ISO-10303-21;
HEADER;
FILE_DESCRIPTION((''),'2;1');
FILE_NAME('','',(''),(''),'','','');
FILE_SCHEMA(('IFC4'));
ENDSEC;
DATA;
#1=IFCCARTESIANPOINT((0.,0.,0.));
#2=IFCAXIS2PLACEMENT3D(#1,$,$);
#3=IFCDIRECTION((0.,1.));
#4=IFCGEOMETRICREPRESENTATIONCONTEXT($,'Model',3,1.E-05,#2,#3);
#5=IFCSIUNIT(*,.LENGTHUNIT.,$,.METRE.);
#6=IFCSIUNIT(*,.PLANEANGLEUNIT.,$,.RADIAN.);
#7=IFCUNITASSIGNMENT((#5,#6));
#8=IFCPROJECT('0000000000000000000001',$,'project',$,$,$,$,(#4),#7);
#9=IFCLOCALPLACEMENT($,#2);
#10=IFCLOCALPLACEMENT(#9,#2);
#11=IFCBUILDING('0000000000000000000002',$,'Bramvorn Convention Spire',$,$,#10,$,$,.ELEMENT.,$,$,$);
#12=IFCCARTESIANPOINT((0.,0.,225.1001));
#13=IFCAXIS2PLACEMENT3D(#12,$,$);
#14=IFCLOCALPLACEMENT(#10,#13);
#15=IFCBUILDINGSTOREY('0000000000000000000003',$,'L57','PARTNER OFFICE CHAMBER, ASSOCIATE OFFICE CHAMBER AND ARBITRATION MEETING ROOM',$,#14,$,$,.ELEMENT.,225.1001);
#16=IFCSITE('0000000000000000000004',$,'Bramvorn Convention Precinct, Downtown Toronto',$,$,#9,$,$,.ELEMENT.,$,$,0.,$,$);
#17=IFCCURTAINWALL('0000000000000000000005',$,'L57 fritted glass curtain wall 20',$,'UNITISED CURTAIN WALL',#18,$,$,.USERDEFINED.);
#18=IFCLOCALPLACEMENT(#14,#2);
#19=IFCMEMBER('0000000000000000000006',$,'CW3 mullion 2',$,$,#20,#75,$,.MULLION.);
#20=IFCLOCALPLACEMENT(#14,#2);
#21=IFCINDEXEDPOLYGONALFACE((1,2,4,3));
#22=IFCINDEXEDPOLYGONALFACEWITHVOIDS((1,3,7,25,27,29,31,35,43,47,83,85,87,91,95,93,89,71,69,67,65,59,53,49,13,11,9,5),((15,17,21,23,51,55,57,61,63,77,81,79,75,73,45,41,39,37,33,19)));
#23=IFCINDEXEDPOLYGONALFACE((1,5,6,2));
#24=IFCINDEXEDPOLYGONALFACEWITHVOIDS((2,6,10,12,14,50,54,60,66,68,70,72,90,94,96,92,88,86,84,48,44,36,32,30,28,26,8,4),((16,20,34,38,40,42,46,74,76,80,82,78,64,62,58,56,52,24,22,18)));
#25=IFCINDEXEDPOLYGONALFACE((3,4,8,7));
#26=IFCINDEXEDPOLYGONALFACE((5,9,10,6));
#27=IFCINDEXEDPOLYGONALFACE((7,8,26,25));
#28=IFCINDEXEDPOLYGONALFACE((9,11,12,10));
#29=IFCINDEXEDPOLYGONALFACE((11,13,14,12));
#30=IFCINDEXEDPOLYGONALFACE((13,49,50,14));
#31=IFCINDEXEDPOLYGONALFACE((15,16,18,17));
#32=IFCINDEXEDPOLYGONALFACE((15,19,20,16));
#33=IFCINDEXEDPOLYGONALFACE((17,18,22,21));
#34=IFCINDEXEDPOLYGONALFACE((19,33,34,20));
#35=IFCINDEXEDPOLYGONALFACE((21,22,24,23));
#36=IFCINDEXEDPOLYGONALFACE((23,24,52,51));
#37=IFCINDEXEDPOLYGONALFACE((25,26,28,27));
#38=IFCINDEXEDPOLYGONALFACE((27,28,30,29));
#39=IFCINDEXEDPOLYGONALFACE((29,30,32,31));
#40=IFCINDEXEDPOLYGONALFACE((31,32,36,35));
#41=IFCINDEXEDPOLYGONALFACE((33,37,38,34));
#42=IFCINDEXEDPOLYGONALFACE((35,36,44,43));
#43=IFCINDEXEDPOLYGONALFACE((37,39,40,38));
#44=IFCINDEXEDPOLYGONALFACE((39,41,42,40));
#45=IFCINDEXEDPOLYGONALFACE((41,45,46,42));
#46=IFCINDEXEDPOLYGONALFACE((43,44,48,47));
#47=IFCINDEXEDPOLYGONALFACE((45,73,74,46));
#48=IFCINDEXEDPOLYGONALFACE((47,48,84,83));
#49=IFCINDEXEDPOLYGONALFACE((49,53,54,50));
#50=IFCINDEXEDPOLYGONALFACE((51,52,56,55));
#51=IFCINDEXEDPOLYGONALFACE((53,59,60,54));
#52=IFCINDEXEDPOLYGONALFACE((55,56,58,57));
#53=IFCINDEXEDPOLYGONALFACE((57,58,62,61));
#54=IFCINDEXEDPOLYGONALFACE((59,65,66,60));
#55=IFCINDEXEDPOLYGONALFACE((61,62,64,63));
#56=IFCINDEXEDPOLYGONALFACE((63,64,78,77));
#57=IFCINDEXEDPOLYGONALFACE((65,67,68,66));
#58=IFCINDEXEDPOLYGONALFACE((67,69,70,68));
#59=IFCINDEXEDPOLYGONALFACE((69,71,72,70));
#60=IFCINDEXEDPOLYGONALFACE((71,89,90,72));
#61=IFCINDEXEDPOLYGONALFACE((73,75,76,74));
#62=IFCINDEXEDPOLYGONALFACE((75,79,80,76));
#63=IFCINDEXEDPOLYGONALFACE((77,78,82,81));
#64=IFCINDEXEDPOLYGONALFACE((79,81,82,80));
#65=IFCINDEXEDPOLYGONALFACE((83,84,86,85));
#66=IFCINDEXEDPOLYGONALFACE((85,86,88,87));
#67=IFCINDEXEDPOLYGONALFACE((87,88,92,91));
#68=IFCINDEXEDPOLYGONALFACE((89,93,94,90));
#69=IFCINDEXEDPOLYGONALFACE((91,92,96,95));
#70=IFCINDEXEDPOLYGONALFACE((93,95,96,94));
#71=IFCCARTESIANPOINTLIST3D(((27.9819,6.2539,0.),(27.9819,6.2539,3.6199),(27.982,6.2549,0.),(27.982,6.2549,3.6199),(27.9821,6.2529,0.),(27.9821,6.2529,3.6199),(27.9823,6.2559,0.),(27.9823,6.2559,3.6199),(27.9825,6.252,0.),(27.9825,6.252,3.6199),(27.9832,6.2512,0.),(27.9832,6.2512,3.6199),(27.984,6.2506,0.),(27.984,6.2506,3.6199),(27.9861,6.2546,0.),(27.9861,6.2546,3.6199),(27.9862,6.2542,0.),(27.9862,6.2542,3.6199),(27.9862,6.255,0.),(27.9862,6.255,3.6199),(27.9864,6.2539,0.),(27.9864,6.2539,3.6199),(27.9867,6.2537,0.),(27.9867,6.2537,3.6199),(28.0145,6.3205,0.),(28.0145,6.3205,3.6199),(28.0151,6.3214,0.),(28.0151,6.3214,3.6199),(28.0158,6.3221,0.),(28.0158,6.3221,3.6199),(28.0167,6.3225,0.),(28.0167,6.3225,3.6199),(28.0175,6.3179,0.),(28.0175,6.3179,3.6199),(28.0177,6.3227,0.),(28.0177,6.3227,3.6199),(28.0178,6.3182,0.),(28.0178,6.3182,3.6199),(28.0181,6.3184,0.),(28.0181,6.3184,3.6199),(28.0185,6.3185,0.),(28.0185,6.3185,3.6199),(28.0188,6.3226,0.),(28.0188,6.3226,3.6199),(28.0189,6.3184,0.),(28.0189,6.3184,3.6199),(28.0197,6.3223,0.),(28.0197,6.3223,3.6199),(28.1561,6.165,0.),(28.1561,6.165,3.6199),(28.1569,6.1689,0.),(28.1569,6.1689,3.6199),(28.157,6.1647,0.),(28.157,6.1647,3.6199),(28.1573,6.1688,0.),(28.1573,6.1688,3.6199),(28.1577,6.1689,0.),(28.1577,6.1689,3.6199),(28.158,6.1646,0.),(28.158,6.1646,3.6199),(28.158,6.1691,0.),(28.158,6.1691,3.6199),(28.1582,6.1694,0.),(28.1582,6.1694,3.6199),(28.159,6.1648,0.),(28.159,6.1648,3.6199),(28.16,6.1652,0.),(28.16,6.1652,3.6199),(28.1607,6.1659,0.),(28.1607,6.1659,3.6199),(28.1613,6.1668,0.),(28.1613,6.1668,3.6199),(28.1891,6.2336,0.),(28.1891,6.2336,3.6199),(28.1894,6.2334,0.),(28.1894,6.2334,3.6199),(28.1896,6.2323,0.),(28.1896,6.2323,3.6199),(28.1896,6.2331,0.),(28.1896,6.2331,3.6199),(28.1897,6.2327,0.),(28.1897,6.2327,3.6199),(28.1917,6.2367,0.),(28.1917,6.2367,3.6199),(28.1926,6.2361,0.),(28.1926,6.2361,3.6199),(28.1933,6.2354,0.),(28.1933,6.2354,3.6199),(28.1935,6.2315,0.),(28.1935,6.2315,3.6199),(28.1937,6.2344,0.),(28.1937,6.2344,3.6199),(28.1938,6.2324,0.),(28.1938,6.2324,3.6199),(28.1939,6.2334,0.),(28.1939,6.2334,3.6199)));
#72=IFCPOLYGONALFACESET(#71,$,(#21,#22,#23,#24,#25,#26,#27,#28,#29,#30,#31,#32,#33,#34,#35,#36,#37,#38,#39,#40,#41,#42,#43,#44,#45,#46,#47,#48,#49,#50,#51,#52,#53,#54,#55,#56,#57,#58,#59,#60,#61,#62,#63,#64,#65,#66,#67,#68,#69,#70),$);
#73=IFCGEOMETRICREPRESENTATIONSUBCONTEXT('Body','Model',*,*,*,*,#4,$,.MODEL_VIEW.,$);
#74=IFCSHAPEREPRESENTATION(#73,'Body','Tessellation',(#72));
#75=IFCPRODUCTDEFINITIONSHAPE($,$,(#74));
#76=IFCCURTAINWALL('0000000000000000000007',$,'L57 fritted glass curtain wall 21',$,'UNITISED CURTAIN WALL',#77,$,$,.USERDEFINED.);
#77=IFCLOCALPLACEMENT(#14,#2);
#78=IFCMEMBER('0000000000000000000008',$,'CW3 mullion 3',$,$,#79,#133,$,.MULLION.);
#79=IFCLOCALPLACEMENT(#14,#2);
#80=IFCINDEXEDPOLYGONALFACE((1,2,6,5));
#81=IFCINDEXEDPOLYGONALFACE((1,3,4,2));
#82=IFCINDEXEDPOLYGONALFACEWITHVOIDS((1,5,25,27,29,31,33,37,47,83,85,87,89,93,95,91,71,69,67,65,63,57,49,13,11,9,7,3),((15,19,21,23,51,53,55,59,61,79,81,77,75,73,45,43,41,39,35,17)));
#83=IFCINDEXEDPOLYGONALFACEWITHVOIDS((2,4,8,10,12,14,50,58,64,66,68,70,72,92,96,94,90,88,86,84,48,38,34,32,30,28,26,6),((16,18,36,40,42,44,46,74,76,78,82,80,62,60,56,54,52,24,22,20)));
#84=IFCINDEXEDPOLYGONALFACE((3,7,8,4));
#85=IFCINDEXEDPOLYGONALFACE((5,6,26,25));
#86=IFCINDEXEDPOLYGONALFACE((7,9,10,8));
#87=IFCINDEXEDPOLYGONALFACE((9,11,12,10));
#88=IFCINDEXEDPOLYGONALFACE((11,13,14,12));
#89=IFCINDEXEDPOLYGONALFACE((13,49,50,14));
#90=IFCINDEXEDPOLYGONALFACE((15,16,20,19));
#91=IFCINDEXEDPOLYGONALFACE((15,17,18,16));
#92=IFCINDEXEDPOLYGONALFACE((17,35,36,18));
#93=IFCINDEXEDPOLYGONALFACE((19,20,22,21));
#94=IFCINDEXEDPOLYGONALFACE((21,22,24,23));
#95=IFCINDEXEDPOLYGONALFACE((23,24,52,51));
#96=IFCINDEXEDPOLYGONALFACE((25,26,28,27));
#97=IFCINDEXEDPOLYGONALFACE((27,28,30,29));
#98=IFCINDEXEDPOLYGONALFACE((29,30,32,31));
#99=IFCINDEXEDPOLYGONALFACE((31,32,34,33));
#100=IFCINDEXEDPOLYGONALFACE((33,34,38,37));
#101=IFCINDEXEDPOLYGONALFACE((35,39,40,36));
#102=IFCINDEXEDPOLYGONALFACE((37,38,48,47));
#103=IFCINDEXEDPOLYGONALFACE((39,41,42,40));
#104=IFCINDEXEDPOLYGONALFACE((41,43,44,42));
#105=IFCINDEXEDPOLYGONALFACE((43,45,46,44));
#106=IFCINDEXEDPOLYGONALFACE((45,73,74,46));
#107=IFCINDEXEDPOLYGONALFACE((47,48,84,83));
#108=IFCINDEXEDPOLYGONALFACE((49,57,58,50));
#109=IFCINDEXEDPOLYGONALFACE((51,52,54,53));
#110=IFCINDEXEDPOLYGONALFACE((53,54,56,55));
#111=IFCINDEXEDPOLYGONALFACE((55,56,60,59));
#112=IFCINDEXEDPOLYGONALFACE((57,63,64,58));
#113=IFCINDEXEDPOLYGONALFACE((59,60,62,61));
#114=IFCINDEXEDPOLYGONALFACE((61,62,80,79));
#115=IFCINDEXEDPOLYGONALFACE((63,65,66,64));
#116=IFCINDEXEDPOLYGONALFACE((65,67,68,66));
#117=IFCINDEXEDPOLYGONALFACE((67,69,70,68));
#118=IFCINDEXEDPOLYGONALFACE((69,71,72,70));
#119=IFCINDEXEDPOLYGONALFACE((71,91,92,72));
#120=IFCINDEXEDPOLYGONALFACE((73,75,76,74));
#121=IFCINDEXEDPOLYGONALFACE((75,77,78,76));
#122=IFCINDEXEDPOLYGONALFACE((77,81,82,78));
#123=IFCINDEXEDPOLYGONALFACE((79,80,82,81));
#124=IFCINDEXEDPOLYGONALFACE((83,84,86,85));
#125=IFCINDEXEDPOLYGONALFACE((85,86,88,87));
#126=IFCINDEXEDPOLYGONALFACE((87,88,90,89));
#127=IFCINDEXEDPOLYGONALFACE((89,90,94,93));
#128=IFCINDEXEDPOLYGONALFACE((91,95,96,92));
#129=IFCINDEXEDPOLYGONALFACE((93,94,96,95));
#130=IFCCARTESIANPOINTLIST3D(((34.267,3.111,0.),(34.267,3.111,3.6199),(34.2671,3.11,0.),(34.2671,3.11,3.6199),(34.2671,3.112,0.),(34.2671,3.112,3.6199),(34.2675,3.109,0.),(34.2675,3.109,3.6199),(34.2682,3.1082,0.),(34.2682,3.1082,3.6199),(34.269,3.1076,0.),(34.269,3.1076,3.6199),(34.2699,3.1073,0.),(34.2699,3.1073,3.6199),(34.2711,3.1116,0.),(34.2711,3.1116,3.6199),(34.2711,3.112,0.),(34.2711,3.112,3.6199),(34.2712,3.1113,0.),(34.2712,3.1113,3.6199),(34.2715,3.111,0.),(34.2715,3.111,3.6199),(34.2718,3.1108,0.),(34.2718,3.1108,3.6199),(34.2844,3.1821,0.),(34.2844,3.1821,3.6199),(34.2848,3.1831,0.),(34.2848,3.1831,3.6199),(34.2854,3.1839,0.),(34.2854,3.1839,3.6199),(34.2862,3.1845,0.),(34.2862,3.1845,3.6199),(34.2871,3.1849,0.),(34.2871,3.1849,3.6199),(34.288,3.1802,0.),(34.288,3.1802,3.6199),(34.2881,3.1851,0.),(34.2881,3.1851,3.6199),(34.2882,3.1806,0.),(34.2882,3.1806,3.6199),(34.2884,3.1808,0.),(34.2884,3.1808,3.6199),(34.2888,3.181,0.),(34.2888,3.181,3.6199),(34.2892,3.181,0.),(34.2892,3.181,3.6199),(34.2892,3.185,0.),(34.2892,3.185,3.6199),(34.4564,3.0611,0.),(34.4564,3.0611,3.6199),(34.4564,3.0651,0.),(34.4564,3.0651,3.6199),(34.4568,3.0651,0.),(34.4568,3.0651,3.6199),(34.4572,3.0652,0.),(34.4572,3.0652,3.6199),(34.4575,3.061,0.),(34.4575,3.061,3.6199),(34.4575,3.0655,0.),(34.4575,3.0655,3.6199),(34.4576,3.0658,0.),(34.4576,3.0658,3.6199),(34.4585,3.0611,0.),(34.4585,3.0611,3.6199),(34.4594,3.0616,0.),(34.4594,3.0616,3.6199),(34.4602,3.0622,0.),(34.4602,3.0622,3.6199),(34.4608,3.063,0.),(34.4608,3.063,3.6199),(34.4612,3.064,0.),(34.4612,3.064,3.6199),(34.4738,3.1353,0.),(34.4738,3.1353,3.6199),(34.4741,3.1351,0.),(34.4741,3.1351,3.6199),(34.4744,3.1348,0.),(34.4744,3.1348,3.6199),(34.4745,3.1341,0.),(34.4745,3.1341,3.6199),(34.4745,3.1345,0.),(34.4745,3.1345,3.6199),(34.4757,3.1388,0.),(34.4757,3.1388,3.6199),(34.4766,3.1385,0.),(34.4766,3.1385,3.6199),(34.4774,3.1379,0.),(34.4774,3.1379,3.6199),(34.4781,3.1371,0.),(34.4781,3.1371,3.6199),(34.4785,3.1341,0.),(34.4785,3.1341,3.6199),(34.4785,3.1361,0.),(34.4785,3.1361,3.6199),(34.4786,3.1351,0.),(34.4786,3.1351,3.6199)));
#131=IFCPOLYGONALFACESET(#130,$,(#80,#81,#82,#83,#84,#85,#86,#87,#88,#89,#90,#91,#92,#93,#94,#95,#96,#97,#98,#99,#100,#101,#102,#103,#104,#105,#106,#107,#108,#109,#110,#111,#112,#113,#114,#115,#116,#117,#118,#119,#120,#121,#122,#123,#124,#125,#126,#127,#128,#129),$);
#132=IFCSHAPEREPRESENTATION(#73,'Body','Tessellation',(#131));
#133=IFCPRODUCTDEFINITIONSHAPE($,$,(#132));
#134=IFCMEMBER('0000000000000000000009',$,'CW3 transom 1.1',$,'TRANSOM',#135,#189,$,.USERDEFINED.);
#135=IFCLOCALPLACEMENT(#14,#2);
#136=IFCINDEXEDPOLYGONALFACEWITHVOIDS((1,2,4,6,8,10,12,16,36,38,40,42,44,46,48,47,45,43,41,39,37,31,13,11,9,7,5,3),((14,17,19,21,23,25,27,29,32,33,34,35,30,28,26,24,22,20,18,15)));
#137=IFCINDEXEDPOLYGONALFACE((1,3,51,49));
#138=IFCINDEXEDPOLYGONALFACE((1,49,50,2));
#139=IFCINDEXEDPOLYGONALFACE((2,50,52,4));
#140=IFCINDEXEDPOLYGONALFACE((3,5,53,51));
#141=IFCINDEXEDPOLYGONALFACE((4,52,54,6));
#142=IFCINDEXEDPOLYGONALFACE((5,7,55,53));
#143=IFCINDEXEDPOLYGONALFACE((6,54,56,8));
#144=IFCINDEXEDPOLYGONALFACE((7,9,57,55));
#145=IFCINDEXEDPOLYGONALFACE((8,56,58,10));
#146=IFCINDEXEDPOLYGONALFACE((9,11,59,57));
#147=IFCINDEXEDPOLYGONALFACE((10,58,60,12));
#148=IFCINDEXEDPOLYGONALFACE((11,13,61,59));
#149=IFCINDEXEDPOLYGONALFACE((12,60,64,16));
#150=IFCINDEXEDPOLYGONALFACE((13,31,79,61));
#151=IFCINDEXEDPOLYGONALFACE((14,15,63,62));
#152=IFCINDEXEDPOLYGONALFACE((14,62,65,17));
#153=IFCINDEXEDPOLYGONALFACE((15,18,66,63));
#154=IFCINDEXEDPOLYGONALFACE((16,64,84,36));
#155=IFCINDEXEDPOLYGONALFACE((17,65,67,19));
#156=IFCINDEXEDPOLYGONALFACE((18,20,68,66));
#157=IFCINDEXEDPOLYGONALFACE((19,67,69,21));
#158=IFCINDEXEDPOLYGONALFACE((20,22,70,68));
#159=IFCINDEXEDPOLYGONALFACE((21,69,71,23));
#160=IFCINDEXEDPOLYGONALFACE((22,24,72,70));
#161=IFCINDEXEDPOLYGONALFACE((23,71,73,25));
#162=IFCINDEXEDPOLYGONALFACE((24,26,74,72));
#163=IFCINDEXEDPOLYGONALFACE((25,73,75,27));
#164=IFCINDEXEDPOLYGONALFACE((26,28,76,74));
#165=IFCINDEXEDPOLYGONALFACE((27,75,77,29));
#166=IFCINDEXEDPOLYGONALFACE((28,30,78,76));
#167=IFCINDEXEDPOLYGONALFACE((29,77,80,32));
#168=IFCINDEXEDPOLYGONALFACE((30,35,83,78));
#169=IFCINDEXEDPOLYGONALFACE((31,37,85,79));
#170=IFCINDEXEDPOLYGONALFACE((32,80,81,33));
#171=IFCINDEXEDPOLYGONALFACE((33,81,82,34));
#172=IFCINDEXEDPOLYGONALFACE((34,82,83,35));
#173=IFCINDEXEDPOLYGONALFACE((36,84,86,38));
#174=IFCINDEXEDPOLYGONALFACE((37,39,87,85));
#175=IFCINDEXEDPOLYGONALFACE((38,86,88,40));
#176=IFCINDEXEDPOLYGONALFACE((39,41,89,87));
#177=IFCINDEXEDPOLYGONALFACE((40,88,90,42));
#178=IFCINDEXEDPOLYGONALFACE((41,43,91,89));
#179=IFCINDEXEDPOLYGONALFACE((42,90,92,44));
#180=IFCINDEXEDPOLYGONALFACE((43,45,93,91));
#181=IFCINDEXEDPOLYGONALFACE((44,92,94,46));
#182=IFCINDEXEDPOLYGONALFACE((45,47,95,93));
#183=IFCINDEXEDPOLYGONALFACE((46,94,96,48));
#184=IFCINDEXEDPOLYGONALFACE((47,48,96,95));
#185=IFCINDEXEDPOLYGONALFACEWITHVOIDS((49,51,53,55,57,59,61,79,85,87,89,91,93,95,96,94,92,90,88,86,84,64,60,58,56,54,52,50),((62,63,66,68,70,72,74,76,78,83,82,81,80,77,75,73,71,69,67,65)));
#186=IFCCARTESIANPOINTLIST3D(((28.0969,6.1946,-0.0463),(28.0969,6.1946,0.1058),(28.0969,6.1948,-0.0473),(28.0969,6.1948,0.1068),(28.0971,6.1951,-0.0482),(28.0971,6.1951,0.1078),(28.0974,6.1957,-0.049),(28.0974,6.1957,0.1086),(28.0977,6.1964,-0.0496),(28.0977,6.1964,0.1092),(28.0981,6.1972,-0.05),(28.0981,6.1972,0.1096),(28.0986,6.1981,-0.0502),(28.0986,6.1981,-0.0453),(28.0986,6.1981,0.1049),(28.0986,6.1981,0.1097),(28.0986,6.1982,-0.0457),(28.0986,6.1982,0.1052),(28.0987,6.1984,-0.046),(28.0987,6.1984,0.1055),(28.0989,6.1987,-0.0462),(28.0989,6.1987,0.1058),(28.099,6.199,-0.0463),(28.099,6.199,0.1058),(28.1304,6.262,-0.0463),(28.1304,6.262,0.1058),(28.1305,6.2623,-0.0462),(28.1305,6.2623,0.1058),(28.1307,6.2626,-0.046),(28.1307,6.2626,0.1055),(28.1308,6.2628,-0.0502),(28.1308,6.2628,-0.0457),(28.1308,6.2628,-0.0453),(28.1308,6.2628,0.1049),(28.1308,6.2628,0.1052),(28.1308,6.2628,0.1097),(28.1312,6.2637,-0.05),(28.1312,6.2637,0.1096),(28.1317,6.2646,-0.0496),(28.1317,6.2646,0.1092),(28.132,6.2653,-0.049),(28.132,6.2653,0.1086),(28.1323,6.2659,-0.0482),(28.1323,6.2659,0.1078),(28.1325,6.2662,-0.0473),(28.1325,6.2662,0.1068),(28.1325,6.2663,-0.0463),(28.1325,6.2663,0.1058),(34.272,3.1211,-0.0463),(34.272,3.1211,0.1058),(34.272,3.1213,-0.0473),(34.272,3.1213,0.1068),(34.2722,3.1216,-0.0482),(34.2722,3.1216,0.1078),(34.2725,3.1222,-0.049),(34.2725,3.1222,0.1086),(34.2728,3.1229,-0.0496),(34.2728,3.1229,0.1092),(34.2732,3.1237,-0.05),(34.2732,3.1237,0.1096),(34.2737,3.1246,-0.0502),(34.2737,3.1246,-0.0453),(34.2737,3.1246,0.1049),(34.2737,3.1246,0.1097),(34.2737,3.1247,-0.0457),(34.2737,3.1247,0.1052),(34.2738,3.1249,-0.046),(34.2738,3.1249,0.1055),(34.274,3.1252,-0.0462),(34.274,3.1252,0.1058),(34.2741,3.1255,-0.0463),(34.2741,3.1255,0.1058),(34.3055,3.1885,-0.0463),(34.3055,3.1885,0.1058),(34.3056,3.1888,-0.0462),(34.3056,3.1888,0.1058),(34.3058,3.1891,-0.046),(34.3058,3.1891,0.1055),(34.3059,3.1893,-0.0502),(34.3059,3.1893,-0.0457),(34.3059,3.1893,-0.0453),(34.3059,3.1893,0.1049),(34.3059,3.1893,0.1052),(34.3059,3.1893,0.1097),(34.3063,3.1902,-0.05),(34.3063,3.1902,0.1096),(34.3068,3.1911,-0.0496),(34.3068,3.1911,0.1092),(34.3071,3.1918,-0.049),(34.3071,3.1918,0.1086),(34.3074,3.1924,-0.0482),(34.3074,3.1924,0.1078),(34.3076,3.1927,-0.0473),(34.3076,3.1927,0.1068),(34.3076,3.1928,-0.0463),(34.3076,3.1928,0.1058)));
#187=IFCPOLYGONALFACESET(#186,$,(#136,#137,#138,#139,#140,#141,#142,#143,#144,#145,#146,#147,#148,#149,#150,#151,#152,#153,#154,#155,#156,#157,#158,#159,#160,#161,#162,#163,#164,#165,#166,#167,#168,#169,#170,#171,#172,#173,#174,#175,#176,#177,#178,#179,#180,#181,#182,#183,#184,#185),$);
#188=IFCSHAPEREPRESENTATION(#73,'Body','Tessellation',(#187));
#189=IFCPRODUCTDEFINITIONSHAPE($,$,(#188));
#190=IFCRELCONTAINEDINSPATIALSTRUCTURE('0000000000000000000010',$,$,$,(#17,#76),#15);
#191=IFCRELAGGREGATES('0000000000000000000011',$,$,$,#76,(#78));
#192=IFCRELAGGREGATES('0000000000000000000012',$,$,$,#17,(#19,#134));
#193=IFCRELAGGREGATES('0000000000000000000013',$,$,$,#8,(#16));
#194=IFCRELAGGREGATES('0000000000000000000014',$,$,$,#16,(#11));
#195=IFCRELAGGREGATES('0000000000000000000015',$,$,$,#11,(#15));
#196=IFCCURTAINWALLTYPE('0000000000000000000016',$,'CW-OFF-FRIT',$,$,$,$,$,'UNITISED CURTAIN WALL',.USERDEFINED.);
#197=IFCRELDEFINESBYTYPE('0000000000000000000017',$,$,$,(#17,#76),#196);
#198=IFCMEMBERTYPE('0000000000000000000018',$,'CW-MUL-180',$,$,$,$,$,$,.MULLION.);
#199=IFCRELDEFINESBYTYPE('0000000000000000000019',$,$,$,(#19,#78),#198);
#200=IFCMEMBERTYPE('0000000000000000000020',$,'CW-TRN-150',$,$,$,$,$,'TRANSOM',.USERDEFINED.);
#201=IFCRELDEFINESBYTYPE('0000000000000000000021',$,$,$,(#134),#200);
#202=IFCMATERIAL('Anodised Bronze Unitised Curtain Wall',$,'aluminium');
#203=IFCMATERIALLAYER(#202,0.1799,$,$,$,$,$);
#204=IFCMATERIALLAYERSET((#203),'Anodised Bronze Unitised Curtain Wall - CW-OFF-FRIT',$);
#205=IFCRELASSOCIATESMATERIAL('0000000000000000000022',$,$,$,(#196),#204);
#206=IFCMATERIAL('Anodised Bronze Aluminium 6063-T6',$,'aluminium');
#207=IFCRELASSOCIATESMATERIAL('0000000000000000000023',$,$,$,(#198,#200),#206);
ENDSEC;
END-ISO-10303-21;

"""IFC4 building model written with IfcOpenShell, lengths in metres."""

from ifc_helpers import new_model, si_unit, direction, frame, origin, origin_2d, place, context, subcontext, project, spatial, hollow_rectangle, extrude, material, layer, layer_set, material_profile, profile_set, type_object, element, aggregate, save


model = new_model("IFC4")

# Units and contexts
model_context = context("Model", 3, precision=1e-05, world=origin(), true_north=direction((0.0, 1.0)))
body_context = subcontext(model_context, "Body", "Model", "MODEL_VIEW")
ifc_project = project(units=[si_unit("LENGTHUNIT", "METRE"), si_unit("PLANEANGLEUNIT", "RADIAN")], contexts=[model_context])

# Site, building, storey
site_placement = place(None, origin())
site = spatial("IfcSite", under=ifc_project, at=site_placement, Name="Bramvorn Convention Precinct, Downtown Toronto", CompositionType="ELEMENT", RefElevation=0.0)
building_placement = place(site_placement, origin())
building = spatial("IfcBuilding", under=site, at=building_placement, Name="Bramvorn Convention Spire", CompositionType="ELEMENT")
storey_placement = place(building_placement, frame((0.0, 0.0, 225.1001)))
storey = spatial("IfcBuildingStorey", under=building, at=storey_placement, Name="L57", Description="PARTNER OFFICE CHAMBER, ASSOCIATE OFFICE CHAMBER AND ARBITRATION MEETING ROOM", CompositionType="ELEMENT", Elevation=225.1001)

# Curtain wall, member
ifc_material_1 = material(Name="Anodised Bronze Unitised Curtain Wall", Category="aluminium")
ifc_layer_1 = layer(ifc_material_1, 0.1799)
ifc_layer_set_1 = layer_set([ifc_layer_1], Name="Anodised Bronze Unitised Curtain Wall - CW-OFF-FRIT")
curtain_wall_type = type_object("IfcCurtainWallType", Name="CW-OFF-FRIT", ElementType="UNITISED CURTAIN WALL", PredefinedType="USERDEFINED", material=ifc_layer_set_1)
curtain_wall_1_placement = place(storey_placement, origin())
curtain_wall_1 = element("IfcCurtainWall", 1, at=curtain_wall_1_placement, inside=storey, type_object=curtain_wall_type, Name="L57 fritted glass curtain wall 20", ObjectType="UNITISED CURTAIN WALL", PredefinedType="USERDEFINED")
ifc_material_2 = material(Name="Anodised Bronze Aluminium 6063-T6", Category="aluminium")
ifc_material_profile_1 = material_profile(ifc_material_2, hollow_rectangle(XDim=0.0801, YDim=0.2, WallThickness=0.0039, InnerFilletRadius=0.001, OuterFilletRadius=0.0039, at=origin_2d()))
ifc_profile_set_1 = profile_set([ifc_material_profile_1], Name="Anodised Bronze Aluminium 6063-T6 - CWM80X200")
member_type_1 = type_object("IfcMemberType", Name="CW-MUL-180", PredefinedType="MULLION", material=ifc_profile_set_1)
member_1_placement = place(storey_placement, frame((28.0879, 6.2437, 0.0), z_axis=(0.0, 0.0, 1.0), x_axis=(-0.445566, -0.895249, 0.0)))
member_1 = element("IfcMember", 2, at=member_1_placement, type_object=member_type_1, Name="CW3 mullion 2", PredefinedType="MULLION", context=body_context, shape_type="SweptSolid", body=[
    extrude(hollow_rectangle(XDim=0.0801, YDim=0.2, WallThickness=0.0039, InnerFilletRadius=0.001, OuterFilletRadius=0.0039, at=origin_2d()), origin(), (0.0, 0.0, 1.0), 3.6199),
])

# Curtain wall, member
curtain_wall_2_placement = place(storey_placement, origin())
curtain_wall_2 = element("IfcCurtainWall", 3, at=curtain_wall_2_placement, inside=storey, type_object=curtain_wall_type, Name="L57 fritted glass curtain wall 21", ObjectType="UNITISED CURTAIN WALL", PredefinedType="USERDEFINED")
member_2_placement = place(storey_placement, frame((34.3728, 3.123, 0.0), z_axis=(0.0, 0.0, 1.0), x_axis=(-0.24018, -0.970728, 0.0)))
member_2 = element("IfcMember", 4, at=member_2_placement, type_object=member_type_1, Name="CW3 mullion 3", PredefinedType="MULLION", context=body_context, shape_type="SweptSolid", body=[
    extrude(hollow_rectangle(XDim=0.0801, YDim=0.2, WallThickness=0.0039, InnerFilletRadius=0.001, OuterFilletRadius=0.0039, at=origin_2d()), origin(), (0.0, 0.0, 1.0), 3.6199),
])
aggregate(curtain_wall_2, [member_2])

# Member
ifc_material_profile_2 = material_profile(ifc_material_2, hollow_rectangle(XDim=0.0801, YDim=0.1599, WallThickness=0.0039, InnerFilletRadius=0.001, OuterFilletRadius=0.0039, at=origin_2d()))
ifc_profile_set_2 = profile_set([ifc_material_profile_2], Name="Anodised Bronze Aluminium 6063-T6 - CWT80X160")
member_type_2 = type_object("IfcMemberType", Name="CW-TRN-150", ElementType="TRANSOM", PredefinedType="USERDEFINED", material=ifc_profile_set_2)
member_3_placement = place(storey_placement, frame((34.2898, 3.157, 0.0298), z_axis=(-0.89524, 0.445585, 0.0), x_axis=(-0.445585, -0.89524, 0.0)))
member_3 = element("IfcMember", 5, at=member_3_placement, type_object=member_type_2, Name="CW3 transom 1.1", ObjectType="TRANSOM", PredefinedType="USERDEFINED", context=body_context, shape_type="SweptSolid", body=[
    extrude(hollow_rectangle(XDim=0.0801, YDim=0.1599, WallThickness=0.0039, InnerFilletRadius=0.001, OuterFilletRadius=0.0039, at=origin_2d()), origin(), (0.0, 0.0, 1.0), 6.8977),
])

aggregate(curtain_wall_1, [member_1, member_3])

save(model, "model.ifc")
